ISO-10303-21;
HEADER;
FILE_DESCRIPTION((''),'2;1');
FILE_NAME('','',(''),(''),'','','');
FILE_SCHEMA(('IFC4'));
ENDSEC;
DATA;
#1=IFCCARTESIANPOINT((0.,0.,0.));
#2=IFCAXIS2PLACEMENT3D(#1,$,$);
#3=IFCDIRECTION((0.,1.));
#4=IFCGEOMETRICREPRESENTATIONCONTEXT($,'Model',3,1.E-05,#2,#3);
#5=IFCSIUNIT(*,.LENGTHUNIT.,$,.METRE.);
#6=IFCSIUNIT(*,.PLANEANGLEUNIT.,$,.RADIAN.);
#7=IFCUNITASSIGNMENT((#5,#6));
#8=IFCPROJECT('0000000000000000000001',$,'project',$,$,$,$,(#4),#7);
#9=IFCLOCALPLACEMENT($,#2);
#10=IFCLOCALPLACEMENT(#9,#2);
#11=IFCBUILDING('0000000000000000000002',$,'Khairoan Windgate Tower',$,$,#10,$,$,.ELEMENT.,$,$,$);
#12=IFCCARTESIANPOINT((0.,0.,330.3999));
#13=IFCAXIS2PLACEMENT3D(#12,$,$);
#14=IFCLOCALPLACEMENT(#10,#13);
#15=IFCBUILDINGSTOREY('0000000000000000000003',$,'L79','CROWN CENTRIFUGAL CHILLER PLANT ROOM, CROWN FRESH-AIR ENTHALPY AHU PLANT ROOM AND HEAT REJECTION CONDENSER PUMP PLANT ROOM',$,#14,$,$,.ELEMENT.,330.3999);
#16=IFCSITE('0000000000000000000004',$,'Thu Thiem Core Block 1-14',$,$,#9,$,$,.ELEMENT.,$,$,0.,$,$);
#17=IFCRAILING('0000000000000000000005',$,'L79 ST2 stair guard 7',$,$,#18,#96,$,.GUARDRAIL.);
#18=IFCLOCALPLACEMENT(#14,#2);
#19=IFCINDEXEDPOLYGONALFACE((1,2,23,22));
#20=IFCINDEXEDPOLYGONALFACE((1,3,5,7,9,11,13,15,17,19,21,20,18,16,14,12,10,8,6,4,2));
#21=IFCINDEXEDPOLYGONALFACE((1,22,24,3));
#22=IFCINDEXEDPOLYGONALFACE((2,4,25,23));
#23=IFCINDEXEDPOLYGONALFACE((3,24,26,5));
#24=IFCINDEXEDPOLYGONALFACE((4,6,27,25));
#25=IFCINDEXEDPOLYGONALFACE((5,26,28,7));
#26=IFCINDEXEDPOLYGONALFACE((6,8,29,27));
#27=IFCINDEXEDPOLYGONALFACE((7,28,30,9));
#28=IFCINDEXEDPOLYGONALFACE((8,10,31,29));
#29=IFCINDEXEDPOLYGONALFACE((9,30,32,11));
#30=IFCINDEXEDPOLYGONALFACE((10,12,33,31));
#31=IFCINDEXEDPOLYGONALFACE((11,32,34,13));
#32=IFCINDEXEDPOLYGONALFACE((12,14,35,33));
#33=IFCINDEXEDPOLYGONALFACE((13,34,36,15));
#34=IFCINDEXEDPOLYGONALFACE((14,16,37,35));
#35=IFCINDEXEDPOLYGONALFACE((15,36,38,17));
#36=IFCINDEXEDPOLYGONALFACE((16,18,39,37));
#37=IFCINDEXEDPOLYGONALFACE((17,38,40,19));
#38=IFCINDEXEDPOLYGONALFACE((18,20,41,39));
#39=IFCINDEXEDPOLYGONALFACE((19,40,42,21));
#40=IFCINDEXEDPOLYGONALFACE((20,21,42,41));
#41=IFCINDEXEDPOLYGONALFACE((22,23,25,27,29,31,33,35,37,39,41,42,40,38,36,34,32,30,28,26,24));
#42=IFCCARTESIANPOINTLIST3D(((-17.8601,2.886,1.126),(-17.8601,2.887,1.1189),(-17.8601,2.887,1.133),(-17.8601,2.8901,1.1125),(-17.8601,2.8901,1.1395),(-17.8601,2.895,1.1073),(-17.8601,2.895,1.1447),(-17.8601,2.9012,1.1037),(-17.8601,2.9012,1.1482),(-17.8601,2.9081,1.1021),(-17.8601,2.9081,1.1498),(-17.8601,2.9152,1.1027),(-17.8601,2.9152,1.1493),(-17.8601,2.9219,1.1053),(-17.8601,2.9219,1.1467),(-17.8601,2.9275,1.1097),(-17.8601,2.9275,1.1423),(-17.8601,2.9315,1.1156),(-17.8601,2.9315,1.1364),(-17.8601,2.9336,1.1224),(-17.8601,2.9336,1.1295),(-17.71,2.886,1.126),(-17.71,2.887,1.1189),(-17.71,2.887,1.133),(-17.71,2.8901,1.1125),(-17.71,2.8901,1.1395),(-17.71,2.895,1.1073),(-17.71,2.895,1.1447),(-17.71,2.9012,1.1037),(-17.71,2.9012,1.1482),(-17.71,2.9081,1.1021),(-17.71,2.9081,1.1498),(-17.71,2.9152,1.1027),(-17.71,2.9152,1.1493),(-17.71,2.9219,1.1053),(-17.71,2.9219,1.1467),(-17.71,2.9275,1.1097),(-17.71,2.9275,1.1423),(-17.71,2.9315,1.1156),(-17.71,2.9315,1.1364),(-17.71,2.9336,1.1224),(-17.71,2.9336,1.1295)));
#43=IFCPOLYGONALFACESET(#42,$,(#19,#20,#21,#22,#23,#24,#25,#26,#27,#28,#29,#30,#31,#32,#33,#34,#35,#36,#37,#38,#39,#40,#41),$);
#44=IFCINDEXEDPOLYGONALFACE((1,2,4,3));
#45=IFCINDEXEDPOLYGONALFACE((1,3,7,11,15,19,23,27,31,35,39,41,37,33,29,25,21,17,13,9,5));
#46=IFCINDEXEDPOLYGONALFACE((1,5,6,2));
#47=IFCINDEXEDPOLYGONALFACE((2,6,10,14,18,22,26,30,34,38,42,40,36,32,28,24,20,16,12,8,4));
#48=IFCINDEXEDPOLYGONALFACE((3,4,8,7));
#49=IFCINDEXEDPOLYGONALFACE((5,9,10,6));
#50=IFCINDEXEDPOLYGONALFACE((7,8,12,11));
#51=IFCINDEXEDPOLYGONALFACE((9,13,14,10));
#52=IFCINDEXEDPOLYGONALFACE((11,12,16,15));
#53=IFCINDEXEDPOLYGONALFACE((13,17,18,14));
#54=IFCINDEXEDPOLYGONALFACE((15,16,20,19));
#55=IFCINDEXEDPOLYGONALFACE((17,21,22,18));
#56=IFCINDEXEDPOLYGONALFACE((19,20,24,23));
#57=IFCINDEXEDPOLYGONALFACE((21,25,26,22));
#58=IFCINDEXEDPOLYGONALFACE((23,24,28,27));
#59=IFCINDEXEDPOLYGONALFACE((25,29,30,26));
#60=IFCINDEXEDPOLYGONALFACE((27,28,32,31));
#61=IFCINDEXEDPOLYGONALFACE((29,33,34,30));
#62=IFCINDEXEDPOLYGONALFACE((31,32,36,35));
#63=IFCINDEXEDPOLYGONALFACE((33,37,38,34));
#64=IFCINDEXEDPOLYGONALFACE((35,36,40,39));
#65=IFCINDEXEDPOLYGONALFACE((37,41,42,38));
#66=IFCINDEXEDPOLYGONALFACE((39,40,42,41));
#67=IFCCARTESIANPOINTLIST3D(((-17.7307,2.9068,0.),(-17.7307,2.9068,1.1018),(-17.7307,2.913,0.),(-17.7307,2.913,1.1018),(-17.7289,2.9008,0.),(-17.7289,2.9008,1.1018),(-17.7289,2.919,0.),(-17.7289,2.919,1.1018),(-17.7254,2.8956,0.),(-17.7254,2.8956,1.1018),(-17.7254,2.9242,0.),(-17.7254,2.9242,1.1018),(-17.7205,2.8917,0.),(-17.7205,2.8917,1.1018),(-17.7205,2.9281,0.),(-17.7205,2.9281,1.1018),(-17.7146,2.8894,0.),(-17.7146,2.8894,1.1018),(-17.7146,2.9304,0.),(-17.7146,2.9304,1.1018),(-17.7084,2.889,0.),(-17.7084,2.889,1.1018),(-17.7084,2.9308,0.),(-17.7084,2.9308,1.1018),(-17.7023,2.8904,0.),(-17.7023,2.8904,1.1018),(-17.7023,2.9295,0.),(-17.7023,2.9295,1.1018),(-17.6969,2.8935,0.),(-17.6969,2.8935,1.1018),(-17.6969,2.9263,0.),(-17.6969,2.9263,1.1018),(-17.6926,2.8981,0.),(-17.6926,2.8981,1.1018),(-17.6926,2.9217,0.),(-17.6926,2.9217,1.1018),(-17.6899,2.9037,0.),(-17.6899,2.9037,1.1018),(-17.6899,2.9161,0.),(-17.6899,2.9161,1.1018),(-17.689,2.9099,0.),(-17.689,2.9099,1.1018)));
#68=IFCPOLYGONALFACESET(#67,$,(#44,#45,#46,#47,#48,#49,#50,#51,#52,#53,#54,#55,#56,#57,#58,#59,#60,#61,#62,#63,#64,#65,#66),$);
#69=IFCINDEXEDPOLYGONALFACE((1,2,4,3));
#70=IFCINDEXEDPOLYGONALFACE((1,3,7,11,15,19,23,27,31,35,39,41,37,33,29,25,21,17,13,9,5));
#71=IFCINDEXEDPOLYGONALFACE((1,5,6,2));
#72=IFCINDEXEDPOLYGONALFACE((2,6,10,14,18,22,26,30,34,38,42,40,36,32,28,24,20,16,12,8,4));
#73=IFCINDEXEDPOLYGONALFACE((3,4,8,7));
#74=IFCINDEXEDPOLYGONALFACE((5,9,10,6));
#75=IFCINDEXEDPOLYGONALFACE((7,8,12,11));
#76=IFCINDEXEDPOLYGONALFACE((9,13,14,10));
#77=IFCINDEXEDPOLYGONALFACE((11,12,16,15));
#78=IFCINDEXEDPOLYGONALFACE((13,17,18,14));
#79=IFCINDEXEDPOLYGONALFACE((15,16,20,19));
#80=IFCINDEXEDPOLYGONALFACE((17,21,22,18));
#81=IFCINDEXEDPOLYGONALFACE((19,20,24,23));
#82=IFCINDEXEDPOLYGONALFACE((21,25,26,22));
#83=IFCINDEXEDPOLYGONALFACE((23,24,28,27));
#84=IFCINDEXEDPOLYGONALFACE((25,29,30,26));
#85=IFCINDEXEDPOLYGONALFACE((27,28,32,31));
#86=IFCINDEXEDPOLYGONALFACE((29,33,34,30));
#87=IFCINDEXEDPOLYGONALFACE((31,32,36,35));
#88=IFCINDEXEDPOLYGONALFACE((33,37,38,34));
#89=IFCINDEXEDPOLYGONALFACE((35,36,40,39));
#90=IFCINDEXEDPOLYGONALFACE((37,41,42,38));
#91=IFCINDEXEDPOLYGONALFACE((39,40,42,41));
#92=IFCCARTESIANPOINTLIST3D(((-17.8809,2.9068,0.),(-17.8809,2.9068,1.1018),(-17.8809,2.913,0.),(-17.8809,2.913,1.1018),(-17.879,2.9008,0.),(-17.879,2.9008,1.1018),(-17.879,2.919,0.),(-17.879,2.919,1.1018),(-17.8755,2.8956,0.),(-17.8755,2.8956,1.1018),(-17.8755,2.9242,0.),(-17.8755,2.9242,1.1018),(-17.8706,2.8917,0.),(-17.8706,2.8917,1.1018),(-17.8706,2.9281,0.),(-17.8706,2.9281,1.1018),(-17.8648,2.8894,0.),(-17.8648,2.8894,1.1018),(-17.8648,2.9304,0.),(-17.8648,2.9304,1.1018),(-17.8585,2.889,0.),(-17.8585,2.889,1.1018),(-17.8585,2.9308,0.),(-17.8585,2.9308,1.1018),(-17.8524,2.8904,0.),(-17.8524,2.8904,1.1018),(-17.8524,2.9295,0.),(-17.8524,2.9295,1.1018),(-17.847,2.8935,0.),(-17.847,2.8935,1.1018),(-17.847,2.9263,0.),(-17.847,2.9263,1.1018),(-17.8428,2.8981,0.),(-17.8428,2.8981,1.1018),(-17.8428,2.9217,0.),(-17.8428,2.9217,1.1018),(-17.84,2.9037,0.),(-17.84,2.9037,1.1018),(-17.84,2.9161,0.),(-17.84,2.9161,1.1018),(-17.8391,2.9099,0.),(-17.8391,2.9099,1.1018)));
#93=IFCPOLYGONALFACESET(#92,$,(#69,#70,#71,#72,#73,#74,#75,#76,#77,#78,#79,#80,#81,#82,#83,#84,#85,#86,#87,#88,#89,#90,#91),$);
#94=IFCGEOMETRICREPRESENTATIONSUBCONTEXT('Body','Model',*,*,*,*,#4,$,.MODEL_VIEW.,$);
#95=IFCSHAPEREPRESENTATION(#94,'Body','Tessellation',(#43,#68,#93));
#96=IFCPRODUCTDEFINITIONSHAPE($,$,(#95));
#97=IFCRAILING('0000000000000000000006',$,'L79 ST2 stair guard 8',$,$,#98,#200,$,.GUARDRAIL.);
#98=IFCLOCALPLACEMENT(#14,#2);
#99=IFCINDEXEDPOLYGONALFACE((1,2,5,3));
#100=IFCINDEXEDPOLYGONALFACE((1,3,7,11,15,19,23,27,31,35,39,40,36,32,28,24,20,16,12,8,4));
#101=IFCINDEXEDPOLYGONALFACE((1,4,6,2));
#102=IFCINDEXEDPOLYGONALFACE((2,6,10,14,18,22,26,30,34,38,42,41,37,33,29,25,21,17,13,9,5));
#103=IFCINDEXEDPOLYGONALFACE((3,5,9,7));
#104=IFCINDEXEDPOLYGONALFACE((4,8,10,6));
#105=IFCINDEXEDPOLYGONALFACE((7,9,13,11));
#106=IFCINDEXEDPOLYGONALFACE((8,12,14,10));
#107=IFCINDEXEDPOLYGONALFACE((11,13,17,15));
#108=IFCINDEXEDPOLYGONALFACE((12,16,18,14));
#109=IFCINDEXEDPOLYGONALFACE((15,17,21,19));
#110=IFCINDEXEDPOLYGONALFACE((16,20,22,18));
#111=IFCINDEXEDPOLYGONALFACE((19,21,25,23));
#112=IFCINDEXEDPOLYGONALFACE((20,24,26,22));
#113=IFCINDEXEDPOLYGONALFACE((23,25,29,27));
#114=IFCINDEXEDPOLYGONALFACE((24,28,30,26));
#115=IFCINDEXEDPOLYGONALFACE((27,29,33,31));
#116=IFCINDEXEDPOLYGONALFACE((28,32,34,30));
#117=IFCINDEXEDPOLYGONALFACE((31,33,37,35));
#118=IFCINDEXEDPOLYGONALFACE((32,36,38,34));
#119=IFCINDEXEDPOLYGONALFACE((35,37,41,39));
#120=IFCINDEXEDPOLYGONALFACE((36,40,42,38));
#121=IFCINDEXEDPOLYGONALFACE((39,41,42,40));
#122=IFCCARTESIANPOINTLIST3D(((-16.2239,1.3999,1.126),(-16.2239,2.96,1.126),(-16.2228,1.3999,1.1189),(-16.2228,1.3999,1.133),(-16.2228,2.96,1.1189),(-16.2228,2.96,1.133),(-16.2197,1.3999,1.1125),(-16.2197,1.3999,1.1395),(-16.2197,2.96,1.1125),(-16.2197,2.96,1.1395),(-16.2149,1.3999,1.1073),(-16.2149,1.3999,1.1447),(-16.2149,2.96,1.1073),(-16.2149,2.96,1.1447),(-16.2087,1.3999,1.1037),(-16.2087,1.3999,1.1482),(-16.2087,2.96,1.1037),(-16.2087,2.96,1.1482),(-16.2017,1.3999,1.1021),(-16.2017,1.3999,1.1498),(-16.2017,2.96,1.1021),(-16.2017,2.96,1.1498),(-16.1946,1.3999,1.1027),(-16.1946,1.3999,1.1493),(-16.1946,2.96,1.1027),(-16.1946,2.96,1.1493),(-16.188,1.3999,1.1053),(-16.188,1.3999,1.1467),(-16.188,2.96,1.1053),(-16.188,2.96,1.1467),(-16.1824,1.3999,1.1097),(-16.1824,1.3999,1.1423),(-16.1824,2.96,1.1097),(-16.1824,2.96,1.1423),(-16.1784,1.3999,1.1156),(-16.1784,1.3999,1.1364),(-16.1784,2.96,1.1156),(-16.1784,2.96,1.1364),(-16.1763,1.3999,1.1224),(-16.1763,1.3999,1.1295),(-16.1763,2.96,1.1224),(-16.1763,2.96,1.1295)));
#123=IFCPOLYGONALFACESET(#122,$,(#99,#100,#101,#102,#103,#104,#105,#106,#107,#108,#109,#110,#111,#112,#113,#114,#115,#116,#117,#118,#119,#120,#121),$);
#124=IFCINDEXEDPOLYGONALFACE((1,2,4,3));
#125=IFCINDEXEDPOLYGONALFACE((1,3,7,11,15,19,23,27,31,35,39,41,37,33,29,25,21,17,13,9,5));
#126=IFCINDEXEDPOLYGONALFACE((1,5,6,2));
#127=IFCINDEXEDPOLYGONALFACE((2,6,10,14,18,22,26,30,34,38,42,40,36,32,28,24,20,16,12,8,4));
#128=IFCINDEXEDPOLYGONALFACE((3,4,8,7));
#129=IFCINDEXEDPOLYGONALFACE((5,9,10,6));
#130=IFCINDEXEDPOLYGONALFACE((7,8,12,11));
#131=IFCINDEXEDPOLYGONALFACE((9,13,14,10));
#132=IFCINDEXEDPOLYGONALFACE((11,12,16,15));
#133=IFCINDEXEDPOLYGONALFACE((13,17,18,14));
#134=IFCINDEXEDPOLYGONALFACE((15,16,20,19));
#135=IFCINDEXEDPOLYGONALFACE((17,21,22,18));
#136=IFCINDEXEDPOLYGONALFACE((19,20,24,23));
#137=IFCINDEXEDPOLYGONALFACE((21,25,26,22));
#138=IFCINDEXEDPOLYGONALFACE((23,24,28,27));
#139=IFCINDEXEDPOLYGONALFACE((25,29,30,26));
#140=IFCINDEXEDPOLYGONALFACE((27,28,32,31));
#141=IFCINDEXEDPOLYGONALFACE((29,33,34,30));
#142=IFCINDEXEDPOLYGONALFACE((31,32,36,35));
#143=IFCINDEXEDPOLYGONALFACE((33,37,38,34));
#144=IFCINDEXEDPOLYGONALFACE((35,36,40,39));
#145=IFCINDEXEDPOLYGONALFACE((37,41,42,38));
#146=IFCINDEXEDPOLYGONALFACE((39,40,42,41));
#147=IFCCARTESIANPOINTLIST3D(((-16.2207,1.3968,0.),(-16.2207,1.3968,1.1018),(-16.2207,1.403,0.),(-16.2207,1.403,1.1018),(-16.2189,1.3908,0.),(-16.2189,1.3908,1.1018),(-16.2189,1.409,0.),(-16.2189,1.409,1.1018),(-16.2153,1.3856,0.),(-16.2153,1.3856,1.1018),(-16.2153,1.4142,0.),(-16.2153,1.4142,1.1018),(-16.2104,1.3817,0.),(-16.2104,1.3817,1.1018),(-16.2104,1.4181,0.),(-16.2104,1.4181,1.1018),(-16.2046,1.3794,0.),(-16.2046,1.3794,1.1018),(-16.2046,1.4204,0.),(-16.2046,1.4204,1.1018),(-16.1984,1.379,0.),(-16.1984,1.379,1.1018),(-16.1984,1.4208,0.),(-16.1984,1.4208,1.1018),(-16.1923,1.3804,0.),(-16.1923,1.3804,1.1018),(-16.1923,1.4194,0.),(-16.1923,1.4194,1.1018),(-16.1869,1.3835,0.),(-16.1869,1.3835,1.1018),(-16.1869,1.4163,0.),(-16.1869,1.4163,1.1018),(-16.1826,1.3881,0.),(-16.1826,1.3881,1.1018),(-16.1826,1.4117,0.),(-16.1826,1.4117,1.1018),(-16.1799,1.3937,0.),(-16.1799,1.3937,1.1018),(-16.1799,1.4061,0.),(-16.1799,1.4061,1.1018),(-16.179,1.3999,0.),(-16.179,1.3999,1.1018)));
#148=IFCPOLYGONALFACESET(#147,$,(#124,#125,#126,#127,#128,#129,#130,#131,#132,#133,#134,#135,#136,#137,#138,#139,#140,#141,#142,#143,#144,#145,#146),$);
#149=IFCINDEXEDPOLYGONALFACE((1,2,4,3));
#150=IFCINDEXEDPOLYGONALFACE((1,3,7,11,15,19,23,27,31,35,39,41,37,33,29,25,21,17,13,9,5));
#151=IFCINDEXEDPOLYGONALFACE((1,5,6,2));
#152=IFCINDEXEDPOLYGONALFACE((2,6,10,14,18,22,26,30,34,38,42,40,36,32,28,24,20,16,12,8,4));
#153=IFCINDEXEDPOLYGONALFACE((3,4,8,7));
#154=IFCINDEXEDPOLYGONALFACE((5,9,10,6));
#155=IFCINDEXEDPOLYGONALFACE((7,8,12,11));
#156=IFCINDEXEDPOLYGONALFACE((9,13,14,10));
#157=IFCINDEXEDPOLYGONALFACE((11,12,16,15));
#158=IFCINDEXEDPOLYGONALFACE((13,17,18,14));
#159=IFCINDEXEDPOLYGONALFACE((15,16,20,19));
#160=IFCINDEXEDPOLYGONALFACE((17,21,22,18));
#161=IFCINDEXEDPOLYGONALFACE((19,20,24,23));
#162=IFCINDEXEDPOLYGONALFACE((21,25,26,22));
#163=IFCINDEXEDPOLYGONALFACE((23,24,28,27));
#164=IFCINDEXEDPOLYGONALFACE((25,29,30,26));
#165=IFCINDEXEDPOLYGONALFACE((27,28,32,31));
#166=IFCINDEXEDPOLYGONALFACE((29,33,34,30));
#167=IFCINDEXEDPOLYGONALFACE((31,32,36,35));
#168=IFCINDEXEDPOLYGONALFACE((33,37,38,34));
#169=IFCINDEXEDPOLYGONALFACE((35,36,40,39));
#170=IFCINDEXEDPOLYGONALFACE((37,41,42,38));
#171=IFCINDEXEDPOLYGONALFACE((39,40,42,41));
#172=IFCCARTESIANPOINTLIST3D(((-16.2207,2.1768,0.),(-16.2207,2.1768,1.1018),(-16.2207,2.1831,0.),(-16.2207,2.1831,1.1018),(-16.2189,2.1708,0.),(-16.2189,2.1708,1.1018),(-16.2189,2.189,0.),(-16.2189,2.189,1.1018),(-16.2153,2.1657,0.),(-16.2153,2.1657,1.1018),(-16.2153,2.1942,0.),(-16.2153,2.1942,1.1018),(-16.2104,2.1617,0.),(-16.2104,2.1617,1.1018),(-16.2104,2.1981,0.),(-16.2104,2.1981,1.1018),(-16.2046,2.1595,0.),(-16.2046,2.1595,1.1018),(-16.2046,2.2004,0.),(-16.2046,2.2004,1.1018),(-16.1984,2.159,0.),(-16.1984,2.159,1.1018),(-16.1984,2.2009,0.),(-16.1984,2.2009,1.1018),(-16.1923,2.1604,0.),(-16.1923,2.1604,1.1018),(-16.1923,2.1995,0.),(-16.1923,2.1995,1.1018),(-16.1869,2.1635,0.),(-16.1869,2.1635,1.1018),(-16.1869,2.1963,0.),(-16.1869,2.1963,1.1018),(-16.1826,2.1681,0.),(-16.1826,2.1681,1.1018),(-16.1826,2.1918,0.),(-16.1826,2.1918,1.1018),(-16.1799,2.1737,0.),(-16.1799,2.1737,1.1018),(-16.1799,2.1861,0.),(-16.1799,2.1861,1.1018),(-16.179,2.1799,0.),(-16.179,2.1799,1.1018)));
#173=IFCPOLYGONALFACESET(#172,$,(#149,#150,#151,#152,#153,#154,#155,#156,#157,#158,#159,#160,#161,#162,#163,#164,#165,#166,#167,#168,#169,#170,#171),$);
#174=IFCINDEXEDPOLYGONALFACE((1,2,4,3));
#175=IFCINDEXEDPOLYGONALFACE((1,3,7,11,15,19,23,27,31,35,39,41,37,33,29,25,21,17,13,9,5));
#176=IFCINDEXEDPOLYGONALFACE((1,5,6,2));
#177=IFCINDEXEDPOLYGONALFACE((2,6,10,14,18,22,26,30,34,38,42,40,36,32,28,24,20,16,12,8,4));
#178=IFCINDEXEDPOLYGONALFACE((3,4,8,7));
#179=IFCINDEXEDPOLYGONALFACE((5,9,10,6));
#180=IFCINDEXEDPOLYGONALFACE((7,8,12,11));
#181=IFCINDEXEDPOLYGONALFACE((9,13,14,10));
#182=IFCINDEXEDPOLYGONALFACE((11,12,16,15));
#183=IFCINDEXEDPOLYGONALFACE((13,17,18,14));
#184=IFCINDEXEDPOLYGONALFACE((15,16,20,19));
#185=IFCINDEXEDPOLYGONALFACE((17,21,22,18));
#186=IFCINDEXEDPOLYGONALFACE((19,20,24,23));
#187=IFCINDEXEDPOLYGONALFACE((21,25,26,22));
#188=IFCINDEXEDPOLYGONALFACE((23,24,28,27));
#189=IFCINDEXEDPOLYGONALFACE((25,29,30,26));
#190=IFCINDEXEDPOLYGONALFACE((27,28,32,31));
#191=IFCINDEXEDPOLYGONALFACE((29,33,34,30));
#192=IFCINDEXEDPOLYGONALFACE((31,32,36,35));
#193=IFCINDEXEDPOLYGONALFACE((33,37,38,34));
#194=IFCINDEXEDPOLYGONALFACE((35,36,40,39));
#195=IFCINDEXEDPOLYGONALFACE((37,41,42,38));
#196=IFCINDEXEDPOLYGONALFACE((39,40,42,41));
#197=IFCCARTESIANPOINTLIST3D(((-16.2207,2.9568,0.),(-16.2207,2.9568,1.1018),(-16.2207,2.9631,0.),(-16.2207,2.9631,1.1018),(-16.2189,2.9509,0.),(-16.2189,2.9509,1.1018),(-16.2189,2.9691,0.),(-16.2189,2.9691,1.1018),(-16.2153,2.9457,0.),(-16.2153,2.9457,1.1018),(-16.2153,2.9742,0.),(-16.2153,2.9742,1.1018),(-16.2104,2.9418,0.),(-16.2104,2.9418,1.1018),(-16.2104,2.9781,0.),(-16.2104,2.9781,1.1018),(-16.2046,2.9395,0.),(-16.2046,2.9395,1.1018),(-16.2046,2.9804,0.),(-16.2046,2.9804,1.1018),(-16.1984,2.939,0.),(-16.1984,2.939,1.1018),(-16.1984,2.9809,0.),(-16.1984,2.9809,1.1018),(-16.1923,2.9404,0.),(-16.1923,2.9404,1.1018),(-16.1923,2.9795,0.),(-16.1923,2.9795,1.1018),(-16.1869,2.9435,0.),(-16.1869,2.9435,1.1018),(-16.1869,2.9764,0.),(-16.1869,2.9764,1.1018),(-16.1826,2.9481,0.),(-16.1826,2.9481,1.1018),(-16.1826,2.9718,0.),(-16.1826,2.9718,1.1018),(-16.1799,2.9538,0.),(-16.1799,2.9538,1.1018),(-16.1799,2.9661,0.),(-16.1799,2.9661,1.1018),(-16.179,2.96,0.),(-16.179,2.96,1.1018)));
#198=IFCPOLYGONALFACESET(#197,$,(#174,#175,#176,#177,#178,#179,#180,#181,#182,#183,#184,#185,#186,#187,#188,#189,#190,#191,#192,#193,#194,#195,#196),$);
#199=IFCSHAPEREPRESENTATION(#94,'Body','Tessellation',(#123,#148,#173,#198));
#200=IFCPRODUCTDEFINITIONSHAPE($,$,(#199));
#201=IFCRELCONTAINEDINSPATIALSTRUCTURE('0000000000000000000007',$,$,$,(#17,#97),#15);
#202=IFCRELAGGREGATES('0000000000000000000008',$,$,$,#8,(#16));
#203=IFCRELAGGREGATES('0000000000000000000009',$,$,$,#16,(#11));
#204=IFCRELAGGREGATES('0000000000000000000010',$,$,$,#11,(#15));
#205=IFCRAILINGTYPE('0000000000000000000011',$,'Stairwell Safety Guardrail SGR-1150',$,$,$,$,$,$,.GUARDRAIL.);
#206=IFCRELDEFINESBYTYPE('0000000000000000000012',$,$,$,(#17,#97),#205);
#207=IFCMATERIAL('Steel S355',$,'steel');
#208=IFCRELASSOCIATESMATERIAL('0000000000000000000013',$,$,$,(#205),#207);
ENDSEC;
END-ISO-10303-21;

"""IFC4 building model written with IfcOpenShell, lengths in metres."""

from ifc_helpers import new_model, si_unit, direction, frame, origin, origin_2d, place, context, subcontext, project, spatial, circle, extrude, material, type_object, element, save


model = new_model("IFC4")

# Units and contexts
model_context = context("Model", 3, precision=1e-05, world=origin(), true_north=direction((0.0, 1.0)))
body_context = subcontext(model_context, "Body", "Model", "MODEL_VIEW")
ifc_project = project(units=[si_unit("LENGTHUNIT", "METRE"), si_unit("PLANEANGLEUNIT", "RADIAN")], contexts=[model_context])

# Site, building, storey
site_placement = place(None, origin())
site = spatial("IfcSite", under=ifc_project, at=site_placement, Name="Thu Thiem Core Block 1-14", CompositionType="ELEMENT", RefElevation=0.0)
building_placement = place(site_placement, origin())
building = spatial("IfcBuilding", under=site, at=building_placement, Name="Khairoan Windgate Tower", CompositionType="ELEMENT")
storey_placement = place(building_placement, frame((0.0, 0.0, 330.3999)))
storey = spatial("IfcBuildingStorey", under=building, at=storey_placement, Name="L79", Description="CROWN CENTRIFUGAL CHILLER PLANT ROOM, CROWN FRESH-AIR ENTHALPY AHU PLANT ROOM AND HEAT REJECTION CONDENSER PUMP PLANT ROOM", CompositionType="ELEMENT", Elevation=330.3999)

# Railings
ifc_material_1 = material(Name="Steel S355", Category="steel")
railing_type_1 = type_object("IfcRailingType", Name="Stairwell Safety Guardrail SGR-1150", PredefinedType="GUARDRAIL", material=ifc_material_1)
railing_1_placement = place(storey_placement, frame((-17.71, 2.9099, 0.0)))
element("IfcRailing", 1, at=railing_1_placement, inside=storey, type_object=railing_type_1, Name="L79 ST2 stair guard 7", PredefinedType="GUARDRAIL", context=body_context, shape_type="SweptSolid", body=[
    extrude(circle(Radius=0.0239, at=origin_2d()), frame((0.0, 0.0, 1.126), z_axis=(-1.0, 0.0, 0.0), x_axis=(0.0, -1.0, 0.0)), (0.0, 0.0, 1.0), 0.1501),
    extrude(circle(Radius=0.021, at=origin_2d()), origin(), (0.0, 0.0, 1.0), 1.1018),
    extrude(circle(Radius=0.021, at=origin_2d()), frame((-0.1501, 0.0, 0.0)), (0.0, 0.0, 1.0), 1.1018),
])
for number, where, name in (
    (2, (-16.2, 1.3999, 0.0), "L79 ST2 stair guard 8"),
):
    element("IfcRailing", number, at=place(storey_placement, frame(where)), inside=storey, type_object=railing_type_1, Name=name, PredefinedType="GUARDRAIL", context=body_context, shape_type="SweptSolid", body=[
        extrude(circle(Radius=0.0239, at=origin_2d()), frame((0.0, 0.0, 1.126), z_axis=(0.0, 1.0, 0.0), x_axis=(-1.0, 0.0, 0.0)), (0.0, 0.0, 1.0), 1.5601),
        extrude(circle(Radius=0.021, at=origin_2d()), origin(), (0.0, 0.0, 1.0), 1.1018),
        extrude(circle(Radius=0.021, at=origin_2d()), frame((0.0, 0.78, 0.0)), (0.0, 0.0, 1.0), 1.1018),
        extrude(circle(Radius=0.021, at=origin_2d()), frame((0.0, 1.5601, 0.0)), (0.0, 0.0, 1.0), 1.1018),
    ])

save(model, "model.ifc")
